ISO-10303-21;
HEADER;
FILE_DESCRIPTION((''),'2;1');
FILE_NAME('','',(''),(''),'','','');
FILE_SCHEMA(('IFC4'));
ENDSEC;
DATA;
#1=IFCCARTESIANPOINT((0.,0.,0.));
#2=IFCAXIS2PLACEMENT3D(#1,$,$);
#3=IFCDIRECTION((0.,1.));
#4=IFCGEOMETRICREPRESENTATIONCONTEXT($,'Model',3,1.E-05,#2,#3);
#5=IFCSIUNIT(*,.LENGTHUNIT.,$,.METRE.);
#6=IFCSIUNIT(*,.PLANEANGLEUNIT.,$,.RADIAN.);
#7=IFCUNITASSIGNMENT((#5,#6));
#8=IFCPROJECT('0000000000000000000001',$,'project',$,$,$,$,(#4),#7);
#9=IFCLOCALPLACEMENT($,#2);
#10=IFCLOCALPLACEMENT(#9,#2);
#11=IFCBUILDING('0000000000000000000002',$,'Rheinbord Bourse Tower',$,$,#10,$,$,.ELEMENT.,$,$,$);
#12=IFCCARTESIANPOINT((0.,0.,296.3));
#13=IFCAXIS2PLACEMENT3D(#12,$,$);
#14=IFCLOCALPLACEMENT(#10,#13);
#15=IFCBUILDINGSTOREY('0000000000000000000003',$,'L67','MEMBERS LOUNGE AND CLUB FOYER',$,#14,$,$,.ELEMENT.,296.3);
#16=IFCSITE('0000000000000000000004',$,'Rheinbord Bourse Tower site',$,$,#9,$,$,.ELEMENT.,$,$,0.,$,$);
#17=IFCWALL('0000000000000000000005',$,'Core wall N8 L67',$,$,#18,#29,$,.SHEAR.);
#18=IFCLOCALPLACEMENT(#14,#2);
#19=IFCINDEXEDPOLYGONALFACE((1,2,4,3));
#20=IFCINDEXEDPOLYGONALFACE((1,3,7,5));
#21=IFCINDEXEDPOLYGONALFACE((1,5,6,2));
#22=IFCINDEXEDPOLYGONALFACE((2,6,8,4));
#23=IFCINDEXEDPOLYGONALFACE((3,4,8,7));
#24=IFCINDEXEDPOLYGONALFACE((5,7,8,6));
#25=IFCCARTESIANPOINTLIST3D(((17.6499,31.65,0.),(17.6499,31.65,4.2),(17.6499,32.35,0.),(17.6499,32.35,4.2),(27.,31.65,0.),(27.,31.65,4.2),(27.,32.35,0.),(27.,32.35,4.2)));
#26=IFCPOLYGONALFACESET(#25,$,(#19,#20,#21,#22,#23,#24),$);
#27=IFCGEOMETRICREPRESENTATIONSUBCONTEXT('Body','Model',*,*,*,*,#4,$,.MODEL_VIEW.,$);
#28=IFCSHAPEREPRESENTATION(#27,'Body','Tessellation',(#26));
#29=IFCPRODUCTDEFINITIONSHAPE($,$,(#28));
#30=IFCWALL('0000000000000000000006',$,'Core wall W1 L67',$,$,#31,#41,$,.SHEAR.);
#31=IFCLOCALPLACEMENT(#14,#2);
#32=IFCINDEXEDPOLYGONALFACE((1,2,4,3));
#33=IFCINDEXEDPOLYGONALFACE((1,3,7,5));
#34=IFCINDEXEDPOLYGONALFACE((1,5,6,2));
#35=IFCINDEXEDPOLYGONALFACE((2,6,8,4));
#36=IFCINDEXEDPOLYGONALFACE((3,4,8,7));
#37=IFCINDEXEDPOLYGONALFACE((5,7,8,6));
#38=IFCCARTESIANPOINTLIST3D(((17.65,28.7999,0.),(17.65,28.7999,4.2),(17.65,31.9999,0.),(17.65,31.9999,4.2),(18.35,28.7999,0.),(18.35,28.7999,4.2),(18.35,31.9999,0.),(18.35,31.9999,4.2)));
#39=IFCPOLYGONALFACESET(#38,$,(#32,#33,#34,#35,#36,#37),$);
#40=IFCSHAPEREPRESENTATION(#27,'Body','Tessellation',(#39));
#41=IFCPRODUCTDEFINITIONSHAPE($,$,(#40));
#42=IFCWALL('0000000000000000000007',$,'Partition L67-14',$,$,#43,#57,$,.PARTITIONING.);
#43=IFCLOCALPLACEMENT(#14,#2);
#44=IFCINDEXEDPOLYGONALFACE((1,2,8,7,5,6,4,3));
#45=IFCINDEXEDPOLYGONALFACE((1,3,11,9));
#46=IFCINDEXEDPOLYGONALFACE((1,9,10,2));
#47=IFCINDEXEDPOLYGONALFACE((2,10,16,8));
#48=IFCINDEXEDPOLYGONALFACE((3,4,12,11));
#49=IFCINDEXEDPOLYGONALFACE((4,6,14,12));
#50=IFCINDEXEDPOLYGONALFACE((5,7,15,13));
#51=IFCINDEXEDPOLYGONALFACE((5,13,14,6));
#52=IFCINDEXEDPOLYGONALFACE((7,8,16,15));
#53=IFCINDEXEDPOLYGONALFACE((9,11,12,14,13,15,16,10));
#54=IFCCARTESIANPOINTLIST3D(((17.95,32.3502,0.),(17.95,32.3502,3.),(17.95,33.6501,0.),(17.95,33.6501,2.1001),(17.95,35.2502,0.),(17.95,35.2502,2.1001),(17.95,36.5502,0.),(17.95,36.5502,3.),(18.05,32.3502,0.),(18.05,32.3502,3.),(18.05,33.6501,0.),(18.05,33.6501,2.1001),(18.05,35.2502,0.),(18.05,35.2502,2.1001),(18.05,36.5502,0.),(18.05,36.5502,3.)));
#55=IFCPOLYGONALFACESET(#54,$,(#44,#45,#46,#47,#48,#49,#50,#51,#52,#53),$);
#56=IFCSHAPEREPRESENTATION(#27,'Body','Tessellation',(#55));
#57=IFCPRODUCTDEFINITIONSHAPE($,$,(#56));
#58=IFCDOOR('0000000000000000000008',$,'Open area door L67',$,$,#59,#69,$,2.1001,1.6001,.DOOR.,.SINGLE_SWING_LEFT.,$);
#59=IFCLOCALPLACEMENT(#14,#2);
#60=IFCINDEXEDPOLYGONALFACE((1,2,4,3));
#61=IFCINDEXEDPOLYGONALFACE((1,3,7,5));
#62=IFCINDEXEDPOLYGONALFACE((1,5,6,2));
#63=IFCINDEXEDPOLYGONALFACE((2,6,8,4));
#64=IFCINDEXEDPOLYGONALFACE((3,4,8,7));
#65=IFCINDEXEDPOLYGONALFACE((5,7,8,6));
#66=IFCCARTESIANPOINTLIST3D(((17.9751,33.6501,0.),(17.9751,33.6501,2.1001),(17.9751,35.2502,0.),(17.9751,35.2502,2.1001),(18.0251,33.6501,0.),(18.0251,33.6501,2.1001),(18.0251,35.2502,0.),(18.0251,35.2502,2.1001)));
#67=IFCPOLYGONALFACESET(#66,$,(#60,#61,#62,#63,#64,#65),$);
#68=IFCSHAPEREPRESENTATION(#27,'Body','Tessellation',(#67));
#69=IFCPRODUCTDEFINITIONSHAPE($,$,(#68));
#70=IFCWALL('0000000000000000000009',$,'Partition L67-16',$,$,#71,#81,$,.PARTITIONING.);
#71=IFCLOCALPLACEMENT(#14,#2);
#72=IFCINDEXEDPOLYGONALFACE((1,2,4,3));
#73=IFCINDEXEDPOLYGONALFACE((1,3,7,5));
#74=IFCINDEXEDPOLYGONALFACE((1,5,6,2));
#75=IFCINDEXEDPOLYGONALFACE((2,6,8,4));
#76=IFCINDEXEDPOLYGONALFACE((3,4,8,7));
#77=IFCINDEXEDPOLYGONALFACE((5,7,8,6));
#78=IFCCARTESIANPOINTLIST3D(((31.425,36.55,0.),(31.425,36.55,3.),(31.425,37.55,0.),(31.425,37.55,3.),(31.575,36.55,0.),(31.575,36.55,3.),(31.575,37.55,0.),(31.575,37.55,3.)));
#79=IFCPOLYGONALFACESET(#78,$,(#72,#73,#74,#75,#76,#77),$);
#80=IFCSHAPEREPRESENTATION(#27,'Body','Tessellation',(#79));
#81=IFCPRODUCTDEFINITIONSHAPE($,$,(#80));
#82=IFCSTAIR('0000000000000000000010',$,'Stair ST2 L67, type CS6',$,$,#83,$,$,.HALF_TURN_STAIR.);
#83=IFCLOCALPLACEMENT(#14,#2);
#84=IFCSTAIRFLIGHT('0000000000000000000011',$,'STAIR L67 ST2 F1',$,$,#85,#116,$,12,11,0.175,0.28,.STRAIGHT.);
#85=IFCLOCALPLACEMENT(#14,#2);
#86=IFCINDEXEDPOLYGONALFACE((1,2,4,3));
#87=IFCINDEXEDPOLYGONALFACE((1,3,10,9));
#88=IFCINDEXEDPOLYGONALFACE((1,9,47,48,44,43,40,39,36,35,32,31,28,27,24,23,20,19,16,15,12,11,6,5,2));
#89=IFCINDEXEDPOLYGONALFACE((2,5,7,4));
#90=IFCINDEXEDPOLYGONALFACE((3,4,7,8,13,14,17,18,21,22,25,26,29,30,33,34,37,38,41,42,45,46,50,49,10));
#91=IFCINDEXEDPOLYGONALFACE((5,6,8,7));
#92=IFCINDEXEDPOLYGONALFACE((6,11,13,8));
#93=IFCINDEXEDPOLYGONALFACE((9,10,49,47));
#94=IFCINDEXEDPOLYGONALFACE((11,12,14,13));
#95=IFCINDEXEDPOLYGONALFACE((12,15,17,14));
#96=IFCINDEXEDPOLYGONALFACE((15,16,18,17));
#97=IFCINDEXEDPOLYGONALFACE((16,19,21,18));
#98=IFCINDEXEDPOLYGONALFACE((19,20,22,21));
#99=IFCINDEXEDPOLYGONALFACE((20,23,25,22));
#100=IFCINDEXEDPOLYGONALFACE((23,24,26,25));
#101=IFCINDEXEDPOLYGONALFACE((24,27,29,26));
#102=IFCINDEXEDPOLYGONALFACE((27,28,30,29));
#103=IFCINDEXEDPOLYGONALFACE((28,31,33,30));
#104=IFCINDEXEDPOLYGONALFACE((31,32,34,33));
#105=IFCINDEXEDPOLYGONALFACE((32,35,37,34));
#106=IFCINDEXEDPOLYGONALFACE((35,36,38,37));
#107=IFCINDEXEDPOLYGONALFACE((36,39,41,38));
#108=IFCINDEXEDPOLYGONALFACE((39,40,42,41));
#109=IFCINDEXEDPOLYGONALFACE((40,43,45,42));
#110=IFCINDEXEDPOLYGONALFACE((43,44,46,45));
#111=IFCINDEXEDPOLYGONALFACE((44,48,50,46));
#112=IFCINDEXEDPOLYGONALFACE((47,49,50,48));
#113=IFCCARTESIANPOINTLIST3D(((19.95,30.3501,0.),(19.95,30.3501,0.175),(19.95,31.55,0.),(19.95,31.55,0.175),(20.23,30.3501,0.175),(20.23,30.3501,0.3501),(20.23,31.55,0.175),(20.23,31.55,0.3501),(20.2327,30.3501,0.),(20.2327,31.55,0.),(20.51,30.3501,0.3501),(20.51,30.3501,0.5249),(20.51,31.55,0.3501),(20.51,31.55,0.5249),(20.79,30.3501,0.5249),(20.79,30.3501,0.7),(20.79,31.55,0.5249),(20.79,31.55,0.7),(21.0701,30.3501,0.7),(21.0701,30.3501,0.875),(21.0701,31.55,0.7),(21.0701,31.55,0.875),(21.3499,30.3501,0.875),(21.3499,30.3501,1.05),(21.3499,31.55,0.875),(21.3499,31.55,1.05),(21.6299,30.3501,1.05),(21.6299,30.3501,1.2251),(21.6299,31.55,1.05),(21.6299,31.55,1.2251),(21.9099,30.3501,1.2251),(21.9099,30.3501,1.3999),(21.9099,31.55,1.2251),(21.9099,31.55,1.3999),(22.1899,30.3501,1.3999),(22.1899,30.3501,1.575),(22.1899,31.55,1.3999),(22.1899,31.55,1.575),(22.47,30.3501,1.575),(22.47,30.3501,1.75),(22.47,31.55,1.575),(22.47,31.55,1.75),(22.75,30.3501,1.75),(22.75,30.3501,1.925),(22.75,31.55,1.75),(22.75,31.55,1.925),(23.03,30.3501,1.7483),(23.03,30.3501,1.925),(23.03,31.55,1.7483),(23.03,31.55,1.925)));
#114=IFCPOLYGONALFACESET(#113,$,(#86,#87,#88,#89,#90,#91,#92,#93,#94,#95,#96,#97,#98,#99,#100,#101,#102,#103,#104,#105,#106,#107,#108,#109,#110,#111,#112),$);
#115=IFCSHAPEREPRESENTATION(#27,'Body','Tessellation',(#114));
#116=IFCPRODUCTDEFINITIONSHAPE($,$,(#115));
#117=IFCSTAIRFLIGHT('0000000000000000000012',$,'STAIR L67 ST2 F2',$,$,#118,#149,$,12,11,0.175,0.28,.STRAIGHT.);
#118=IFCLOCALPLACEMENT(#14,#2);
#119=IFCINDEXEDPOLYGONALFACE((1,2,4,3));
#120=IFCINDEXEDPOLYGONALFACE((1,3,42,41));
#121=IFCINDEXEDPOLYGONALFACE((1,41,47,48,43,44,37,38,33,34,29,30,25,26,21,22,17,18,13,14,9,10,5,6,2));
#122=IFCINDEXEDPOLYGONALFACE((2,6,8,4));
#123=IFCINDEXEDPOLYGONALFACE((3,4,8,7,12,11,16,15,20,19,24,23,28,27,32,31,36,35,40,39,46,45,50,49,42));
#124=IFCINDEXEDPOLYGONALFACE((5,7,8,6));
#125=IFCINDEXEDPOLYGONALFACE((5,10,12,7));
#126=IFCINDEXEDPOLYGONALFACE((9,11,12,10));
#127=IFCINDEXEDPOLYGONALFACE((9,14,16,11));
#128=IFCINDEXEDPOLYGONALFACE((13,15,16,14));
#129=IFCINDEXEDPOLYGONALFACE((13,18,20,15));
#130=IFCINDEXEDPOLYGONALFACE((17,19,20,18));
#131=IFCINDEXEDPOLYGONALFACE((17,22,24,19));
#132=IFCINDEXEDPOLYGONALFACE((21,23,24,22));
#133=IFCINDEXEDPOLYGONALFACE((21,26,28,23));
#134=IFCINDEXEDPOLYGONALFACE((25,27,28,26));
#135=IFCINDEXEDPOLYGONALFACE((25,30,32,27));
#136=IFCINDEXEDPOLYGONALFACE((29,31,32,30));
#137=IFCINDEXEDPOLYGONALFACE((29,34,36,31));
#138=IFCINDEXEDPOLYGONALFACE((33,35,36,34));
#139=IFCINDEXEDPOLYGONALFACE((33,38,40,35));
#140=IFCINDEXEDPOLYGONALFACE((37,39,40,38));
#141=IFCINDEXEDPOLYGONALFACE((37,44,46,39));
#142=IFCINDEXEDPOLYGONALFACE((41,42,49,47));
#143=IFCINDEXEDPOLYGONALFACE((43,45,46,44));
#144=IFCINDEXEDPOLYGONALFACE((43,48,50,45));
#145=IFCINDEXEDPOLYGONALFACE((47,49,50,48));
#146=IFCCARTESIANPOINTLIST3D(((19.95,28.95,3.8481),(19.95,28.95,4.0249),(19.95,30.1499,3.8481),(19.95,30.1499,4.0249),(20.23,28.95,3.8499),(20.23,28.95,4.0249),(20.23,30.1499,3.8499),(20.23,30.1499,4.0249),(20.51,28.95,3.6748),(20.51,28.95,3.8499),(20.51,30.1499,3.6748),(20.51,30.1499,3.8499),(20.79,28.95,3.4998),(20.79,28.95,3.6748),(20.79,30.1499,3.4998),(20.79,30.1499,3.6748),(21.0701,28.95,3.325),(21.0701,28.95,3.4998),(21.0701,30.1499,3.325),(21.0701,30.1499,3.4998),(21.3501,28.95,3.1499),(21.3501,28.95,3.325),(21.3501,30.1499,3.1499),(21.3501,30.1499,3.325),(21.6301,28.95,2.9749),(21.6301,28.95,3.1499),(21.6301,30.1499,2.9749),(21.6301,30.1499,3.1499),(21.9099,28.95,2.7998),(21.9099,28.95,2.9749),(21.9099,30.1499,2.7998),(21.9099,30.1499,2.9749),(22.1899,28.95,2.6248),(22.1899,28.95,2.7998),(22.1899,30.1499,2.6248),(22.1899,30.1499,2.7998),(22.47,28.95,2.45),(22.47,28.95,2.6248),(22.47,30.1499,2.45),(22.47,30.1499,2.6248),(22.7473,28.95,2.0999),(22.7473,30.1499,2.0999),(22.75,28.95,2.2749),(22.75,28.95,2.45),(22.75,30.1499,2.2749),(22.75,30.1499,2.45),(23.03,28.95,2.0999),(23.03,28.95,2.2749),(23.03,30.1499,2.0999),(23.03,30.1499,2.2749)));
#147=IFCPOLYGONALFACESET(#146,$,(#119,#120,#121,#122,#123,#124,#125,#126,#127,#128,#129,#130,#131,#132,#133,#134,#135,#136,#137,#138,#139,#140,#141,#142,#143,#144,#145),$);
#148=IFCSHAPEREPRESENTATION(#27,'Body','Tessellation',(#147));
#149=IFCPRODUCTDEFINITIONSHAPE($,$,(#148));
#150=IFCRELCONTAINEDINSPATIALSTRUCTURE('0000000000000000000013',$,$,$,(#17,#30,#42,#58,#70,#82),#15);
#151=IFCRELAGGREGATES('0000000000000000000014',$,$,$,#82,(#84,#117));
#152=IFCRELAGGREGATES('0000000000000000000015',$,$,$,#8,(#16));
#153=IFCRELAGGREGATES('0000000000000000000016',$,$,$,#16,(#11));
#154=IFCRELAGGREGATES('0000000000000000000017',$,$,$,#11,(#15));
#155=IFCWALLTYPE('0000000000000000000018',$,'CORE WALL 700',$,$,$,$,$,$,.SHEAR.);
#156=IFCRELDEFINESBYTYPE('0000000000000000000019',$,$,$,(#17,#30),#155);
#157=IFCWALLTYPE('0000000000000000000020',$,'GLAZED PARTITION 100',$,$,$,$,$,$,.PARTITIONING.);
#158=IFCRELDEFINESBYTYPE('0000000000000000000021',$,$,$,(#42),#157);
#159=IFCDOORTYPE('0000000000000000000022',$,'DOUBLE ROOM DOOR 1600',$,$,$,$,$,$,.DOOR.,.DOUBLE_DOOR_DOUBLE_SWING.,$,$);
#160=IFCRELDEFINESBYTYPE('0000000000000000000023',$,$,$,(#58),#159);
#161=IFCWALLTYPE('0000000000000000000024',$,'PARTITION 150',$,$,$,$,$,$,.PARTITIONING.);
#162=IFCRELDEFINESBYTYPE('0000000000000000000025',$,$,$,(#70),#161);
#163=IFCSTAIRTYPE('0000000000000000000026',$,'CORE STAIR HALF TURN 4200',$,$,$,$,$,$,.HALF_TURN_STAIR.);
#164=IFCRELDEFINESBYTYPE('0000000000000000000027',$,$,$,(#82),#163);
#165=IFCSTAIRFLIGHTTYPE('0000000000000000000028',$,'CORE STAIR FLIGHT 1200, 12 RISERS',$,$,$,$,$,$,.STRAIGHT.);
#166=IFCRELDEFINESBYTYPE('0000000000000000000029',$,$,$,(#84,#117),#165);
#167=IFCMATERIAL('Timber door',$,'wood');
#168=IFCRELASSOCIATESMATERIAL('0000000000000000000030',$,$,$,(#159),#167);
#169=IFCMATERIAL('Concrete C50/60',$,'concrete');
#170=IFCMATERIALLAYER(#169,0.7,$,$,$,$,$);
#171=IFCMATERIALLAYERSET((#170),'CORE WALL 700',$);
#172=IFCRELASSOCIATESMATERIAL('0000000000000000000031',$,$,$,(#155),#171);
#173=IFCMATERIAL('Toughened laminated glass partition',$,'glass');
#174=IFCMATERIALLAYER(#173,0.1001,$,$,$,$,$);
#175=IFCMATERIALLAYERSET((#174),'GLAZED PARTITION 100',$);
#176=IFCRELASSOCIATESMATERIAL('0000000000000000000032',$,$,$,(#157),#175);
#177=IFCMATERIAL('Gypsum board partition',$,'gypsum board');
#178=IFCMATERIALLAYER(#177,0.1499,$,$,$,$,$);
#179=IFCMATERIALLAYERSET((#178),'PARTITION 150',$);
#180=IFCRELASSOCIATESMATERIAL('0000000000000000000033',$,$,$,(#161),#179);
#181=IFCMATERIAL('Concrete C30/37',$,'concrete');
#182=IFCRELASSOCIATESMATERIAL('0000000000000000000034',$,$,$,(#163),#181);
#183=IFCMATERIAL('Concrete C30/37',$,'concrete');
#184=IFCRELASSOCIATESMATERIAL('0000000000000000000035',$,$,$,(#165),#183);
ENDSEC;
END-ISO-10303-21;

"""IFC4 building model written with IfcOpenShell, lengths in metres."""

from ifc_helpers import new_model, si_unit, direction, frame, frame_2d, origin, place, context, subcontext, project, spatial, polyline, rectangle, outline, extrude, material, layer, layer_set, type_object, element, fill, aggregate, save


model = new_model("IFC4")

# Units and contexts
model_context = context("Model", 3, precision=1e-05, world=origin(), true_north=direction((0.0, 1.0)))
body_context = subcontext(model_context, "Body", "Model", "MODEL_VIEW")
ifc_project = project(units=[si_unit("LENGTHUNIT", "METRE"), si_unit("PLANEANGLEUNIT", "RADIAN")], contexts=[model_context])

# Site, building, storey
site_placement = place(None, origin())
site = spatial("IfcSite", under=ifc_project, at=site_placement, Name="Rheinbord Bourse Tower site", CompositionType="ELEMENT", RefElevation=0.0)
building_placement = place(site_placement, origin())
building = spatial("IfcBuilding", under=site, at=building_placement, Name="Rheinbord Bourse Tower", CompositionType="ELEMENT")
storey_placement = place(building_placement, frame((0.0, 0.0, 296.3)))
storey = spatial("IfcBuildingStorey", under=building, at=storey_placement, Name="L67", Description="MEMBERS LOUNGE AND CLUB FOYER", CompositionType="ELEMENT", Elevation=296.3)

# Shared definitions
ifc_material_1 = material(Name="Timber door", Category="wood")
door_type = type_object("IfcDoorType", Name="DOUBLE ROOM DOOR 1600", OperationType="DOUBLE_DOOR_DOUBLE_SWING", PredefinedType="DOOR", material=ifc_material_1)

# Walls
ifc_material_2 = material(Name="Concrete C50/60", Category="concrete")
ifc_layer_1 = layer(ifc_material_2, 0.7)
ifc_layer_set_1 = layer_set([ifc_layer_1], Name="CORE WALL 700")
wall_type_1 = type_object("IfcWallType", Name="CORE WALL 700", PredefinedType="SHEAR", material=ifc_layer_set_1)
wall_1_placement = place(storey_placement, frame((27.0, 32.0, 0.0), z_axis=(0.0, 0.0, 1.0), x_axis=(-1.0, 0.0, 0.0)))
element("IfcWall", 1, at=wall_1_placement, inside=storey, type_object=wall_type_1, Name="Core wall N8 L67", PredefinedType="SHEAR", context=body_context, shape_type="SweptSolid", body=[
    extrude(rectangle(XDim=9.3501, YDim=0.7, at=frame_2d((4.675, 0.0))), origin(), (0.0, 0.0, 1.0), 4.2),
])
wall_2_placement = place(storey_placement, frame((18.0, 32.0, 0.0), z_axis=(0.0, 0.0, 1.0), x_axis=(0.0, -1.0, 0.0)))
element("IfcWall", 2, at=wall_2_placement, inside=storey, type_object=wall_type_1, Name="Core wall W1 L67", PredefinedType="SHEAR", context=body_context, shape_type="SweptSolid", body=[
    extrude(rectangle(XDim=3.2, YDim=0.7, at=frame_2d((1.6001, 0.0))), origin(), (0.0, 0.0, 1.0), 4.2),
])

# Wall, opening, door
ifc_material_3 = material(Name="Toughened laminated glass partition", Category="glass")
ifc_layer_2 = layer(ifc_material_3, 0.1001)
ifc_layer_set_2 = layer_set([ifc_layer_2], Name="GLAZED PARTITION 100")
wall_type_2 = type_object("IfcWallType", Name="GLAZED PARTITION 100", PredefinedType="PARTITIONING", material=ifc_layer_set_2)
wall_3_placement = place(storey_placement, frame((18.0, 32.3501, 0.0), z_axis=(0.0, 0.0, 1.0), x_axis=(0.0, 1.0, 0.0)))
wall_3 = element("IfcWall", 3, at=wall_3_placement, inside=storey, type_object=wall_type_2, Name="Partition L67-14", PredefinedType="PARTITIONING", context=body_context, shape_type="SweptSolid", body=[
    extrude(rectangle(XDim=4.2, YDim=0.1001, at=frame_2d((2.1001, 0.0))), origin(), (0.0, 0.0, 1.0), 3.0),
])
opening_1_placement = place(wall_3_placement, frame((1.3, 0.0, 0.0)))
opening_1 = element("IfcOpeningElement", 4, at=opening_1_placement, cuts=wall_3, PredefinedType="OPENING", context=body_context, shape_type="SweptSolid", body=[
    extrude(rectangle(XDim=1.6001, YDim=2.1001, at=frame_2d((0.8, 1.05))), frame((0.0, 0.0601, 0.0), z_axis=(0.0, -1.0, 0.0), x_axis=(1.0, 0.0, 0.0)), (0.0, 0.0, 1.0), 0.1201),
])
door_1_placement = place(opening_1_placement, origin())
door_1 = element("IfcDoor", 5, at=door_1_placement, inside=storey, type_object=door_type, Name="Open area door L67", OperationType="SINGLE_SWING_LEFT", OverallHeight=2.1001, OverallWidth=1.6001, PredefinedType="DOOR", context=body_context, shape_type="SweptSolid", body=[
    extrude(rectangle(XDim=1.6001, YDim=2.1001, at=frame_2d((0.8, 1.05))), frame((0.0, 0.0249, 0.0), z_axis=(0.0, -1.0, 0.0), x_axis=(1.0, 0.0, 0.0)), (0.0, 0.0, 1.0), 0.05),
])
fill(opening_1, door_1)

# Wall
ifc_material_4 = material(Name="Gypsum board partition", Category="gypsum board")
ifc_layer_3 = layer(ifc_material_4, 0.1499)
ifc_layer_set_3 = layer_set([ifc_layer_3], Name="PARTITION 150")
wall_type_3 = type_object("IfcWallType", Name="PARTITION 150", PredefinedType="PARTITIONING", material=ifc_layer_set_3)
wall_4_placement = place(storey_placement, frame((31.5, 36.55, 0.0), z_axis=(0.0, 0.0, 1.0), x_axis=(0.0, 1.0, 0.0)))
element("IfcWall", 6, at=wall_4_placement, inside=storey, type_object=wall_type_3, Name="Partition L67-16", PredefinedType="PARTITIONING", context=body_context, shape_type="SweptSolid", body=[
    extrude(rectangle(XDim=1.0, YDim=0.1499, at=frame_2d((0.5, 0.0))), origin(), (0.0, 0.0, 1.0), 3.0),
])

# Stair, stair flights
ifc_material_5 = material(Name="Concrete C30/37", Category="concrete")
stair_type = type_object("IfcStairType", Name="CORE STAIR HALF TURN 4200", PredefinedType="HALF_TURN_STAIR", material=ifc_material_5)
stair_placement = place(storey_placement, origin())
stair = element("IfcStair", 7, at=stair_placement, inside=storey, type_object=stair_type, Name="Stair ST2 L67, type CS6", PredefinedType="HALF_TURN_STAIR")
ifc_material_6 = material(Name="Concrete C30/37", Category="concrete")
stair_flight_type = type_object("IfcStairFlightType", Name="CORE STAIR FLIGHT 1200, 12 RISERS", PredefinedType="STRAIGHT", material=ifc_material_6)
stair_flight_1_placement = place(storey_placement, frame((19.95, 30.95, 0.0), z_axis=(0.0, 0.0, 1.0), x_axis=(1.0, 0.0, 0.0)))
stair_flight_1 = element("IfcStairFlight", 8, at=stair_flight_1_placement, type_object=stair_flight_type, Name="STAIR L67 ST2 F1", NumberOfRisers=12, NumberOfTreads=11, PredefinedType="STRAIGHT", RiserHeight=0.175, TreadLength=0.28, context=body_context, shape_type="SweptSolid", body=[
    extrude(outline(polyline([(0.0, 0.0), (0.0, 0.175), (0.28, 0.175), (0.28, 0.3501), (0.5601, 0.3501), (0.5601, 0.5249), (0.8401, 0.5249), (0.8401, 0.7), (1.1201, 0.7), (1.1201, 0.875), (1.3999, 0.875), (1.3999, 1.05), (1.6799, 1.05), (1.6799, 1.2251), (1.96, 1.2251), (1.96, 1.3999), (2.24, 1.3999), (2.24, 1.575), (2.52, 1.575), (2.52, 1.75), (2.8, 1.75), (2.8, 1.925), (3.0801, 1.925), (3.0801, 2.1001), (3.0801, 1.7483), (0.2827, 0.0), (0.0, 0.0)])), frame((0.0, 0.6001, 0.0), z_axis=(0.0, -1.0, 0.0), x_axis=(1.0, 0.0, 0.0)), (0.0, 0.0, 1.0), 1.2),
])
stair_flight_2_placement = place(storey_placement, frame((23.03, 29.55, 2.0999), z_axis=(0.0, 0.0, 1.0), x_axis=(-1.0, 0.0, 0.0)))
stair_flight_2 = element("IfcStairFlight", 9, at=stair_flight_2_placement, type_object=stair_flight_type, Name="STAIR L67 ST2 F2", NumberOfRisers=12, NumberOfTreads=11, PredefinedType="STRAIGHT", RiserHeight=0.175, TreadLength=0.28, context=body_context, shape_type="SweptSolid", body=[
    extrude(outline(polyline([(0.0, 0.0), (0.0, 0.175), (0.28, 0.175), (0.28, 0.3501), (0.5601, 0.3501), (0.5601, 0.5249), (0.8401, 0.5249), (0.8401, 0.7), (1.1201, 0.7), (1.1201, 0.875), (1.3999, 0.875), (1.3999, 1.05), (1.6799, 1.05), (1.6799, 1.2251), (1.96, 1.2251), (1.96, 1.3999), (2.24, 1.3999), (2.24, 1.575), (2.52, 1.575), (2.52, 1.75), (2.8, 1.75), (2.8, 1.925), (3.0801, 1.925), (3.0801, 2.1001), (3.0801, 1.7483), (0.2827, 0.0), (0.0, 0.0)])), frame((0.0, 0.6001, 0.0), z_axis=(0.0, -1.0, 0.0), x_axis=(1.0, 0.0, 0.0)), (0.0, 0.0, 1.0), 1.2),
])
aggregate(stair, [stair_flight_1, stair_flight_2])

save(model, "model.ifc")
